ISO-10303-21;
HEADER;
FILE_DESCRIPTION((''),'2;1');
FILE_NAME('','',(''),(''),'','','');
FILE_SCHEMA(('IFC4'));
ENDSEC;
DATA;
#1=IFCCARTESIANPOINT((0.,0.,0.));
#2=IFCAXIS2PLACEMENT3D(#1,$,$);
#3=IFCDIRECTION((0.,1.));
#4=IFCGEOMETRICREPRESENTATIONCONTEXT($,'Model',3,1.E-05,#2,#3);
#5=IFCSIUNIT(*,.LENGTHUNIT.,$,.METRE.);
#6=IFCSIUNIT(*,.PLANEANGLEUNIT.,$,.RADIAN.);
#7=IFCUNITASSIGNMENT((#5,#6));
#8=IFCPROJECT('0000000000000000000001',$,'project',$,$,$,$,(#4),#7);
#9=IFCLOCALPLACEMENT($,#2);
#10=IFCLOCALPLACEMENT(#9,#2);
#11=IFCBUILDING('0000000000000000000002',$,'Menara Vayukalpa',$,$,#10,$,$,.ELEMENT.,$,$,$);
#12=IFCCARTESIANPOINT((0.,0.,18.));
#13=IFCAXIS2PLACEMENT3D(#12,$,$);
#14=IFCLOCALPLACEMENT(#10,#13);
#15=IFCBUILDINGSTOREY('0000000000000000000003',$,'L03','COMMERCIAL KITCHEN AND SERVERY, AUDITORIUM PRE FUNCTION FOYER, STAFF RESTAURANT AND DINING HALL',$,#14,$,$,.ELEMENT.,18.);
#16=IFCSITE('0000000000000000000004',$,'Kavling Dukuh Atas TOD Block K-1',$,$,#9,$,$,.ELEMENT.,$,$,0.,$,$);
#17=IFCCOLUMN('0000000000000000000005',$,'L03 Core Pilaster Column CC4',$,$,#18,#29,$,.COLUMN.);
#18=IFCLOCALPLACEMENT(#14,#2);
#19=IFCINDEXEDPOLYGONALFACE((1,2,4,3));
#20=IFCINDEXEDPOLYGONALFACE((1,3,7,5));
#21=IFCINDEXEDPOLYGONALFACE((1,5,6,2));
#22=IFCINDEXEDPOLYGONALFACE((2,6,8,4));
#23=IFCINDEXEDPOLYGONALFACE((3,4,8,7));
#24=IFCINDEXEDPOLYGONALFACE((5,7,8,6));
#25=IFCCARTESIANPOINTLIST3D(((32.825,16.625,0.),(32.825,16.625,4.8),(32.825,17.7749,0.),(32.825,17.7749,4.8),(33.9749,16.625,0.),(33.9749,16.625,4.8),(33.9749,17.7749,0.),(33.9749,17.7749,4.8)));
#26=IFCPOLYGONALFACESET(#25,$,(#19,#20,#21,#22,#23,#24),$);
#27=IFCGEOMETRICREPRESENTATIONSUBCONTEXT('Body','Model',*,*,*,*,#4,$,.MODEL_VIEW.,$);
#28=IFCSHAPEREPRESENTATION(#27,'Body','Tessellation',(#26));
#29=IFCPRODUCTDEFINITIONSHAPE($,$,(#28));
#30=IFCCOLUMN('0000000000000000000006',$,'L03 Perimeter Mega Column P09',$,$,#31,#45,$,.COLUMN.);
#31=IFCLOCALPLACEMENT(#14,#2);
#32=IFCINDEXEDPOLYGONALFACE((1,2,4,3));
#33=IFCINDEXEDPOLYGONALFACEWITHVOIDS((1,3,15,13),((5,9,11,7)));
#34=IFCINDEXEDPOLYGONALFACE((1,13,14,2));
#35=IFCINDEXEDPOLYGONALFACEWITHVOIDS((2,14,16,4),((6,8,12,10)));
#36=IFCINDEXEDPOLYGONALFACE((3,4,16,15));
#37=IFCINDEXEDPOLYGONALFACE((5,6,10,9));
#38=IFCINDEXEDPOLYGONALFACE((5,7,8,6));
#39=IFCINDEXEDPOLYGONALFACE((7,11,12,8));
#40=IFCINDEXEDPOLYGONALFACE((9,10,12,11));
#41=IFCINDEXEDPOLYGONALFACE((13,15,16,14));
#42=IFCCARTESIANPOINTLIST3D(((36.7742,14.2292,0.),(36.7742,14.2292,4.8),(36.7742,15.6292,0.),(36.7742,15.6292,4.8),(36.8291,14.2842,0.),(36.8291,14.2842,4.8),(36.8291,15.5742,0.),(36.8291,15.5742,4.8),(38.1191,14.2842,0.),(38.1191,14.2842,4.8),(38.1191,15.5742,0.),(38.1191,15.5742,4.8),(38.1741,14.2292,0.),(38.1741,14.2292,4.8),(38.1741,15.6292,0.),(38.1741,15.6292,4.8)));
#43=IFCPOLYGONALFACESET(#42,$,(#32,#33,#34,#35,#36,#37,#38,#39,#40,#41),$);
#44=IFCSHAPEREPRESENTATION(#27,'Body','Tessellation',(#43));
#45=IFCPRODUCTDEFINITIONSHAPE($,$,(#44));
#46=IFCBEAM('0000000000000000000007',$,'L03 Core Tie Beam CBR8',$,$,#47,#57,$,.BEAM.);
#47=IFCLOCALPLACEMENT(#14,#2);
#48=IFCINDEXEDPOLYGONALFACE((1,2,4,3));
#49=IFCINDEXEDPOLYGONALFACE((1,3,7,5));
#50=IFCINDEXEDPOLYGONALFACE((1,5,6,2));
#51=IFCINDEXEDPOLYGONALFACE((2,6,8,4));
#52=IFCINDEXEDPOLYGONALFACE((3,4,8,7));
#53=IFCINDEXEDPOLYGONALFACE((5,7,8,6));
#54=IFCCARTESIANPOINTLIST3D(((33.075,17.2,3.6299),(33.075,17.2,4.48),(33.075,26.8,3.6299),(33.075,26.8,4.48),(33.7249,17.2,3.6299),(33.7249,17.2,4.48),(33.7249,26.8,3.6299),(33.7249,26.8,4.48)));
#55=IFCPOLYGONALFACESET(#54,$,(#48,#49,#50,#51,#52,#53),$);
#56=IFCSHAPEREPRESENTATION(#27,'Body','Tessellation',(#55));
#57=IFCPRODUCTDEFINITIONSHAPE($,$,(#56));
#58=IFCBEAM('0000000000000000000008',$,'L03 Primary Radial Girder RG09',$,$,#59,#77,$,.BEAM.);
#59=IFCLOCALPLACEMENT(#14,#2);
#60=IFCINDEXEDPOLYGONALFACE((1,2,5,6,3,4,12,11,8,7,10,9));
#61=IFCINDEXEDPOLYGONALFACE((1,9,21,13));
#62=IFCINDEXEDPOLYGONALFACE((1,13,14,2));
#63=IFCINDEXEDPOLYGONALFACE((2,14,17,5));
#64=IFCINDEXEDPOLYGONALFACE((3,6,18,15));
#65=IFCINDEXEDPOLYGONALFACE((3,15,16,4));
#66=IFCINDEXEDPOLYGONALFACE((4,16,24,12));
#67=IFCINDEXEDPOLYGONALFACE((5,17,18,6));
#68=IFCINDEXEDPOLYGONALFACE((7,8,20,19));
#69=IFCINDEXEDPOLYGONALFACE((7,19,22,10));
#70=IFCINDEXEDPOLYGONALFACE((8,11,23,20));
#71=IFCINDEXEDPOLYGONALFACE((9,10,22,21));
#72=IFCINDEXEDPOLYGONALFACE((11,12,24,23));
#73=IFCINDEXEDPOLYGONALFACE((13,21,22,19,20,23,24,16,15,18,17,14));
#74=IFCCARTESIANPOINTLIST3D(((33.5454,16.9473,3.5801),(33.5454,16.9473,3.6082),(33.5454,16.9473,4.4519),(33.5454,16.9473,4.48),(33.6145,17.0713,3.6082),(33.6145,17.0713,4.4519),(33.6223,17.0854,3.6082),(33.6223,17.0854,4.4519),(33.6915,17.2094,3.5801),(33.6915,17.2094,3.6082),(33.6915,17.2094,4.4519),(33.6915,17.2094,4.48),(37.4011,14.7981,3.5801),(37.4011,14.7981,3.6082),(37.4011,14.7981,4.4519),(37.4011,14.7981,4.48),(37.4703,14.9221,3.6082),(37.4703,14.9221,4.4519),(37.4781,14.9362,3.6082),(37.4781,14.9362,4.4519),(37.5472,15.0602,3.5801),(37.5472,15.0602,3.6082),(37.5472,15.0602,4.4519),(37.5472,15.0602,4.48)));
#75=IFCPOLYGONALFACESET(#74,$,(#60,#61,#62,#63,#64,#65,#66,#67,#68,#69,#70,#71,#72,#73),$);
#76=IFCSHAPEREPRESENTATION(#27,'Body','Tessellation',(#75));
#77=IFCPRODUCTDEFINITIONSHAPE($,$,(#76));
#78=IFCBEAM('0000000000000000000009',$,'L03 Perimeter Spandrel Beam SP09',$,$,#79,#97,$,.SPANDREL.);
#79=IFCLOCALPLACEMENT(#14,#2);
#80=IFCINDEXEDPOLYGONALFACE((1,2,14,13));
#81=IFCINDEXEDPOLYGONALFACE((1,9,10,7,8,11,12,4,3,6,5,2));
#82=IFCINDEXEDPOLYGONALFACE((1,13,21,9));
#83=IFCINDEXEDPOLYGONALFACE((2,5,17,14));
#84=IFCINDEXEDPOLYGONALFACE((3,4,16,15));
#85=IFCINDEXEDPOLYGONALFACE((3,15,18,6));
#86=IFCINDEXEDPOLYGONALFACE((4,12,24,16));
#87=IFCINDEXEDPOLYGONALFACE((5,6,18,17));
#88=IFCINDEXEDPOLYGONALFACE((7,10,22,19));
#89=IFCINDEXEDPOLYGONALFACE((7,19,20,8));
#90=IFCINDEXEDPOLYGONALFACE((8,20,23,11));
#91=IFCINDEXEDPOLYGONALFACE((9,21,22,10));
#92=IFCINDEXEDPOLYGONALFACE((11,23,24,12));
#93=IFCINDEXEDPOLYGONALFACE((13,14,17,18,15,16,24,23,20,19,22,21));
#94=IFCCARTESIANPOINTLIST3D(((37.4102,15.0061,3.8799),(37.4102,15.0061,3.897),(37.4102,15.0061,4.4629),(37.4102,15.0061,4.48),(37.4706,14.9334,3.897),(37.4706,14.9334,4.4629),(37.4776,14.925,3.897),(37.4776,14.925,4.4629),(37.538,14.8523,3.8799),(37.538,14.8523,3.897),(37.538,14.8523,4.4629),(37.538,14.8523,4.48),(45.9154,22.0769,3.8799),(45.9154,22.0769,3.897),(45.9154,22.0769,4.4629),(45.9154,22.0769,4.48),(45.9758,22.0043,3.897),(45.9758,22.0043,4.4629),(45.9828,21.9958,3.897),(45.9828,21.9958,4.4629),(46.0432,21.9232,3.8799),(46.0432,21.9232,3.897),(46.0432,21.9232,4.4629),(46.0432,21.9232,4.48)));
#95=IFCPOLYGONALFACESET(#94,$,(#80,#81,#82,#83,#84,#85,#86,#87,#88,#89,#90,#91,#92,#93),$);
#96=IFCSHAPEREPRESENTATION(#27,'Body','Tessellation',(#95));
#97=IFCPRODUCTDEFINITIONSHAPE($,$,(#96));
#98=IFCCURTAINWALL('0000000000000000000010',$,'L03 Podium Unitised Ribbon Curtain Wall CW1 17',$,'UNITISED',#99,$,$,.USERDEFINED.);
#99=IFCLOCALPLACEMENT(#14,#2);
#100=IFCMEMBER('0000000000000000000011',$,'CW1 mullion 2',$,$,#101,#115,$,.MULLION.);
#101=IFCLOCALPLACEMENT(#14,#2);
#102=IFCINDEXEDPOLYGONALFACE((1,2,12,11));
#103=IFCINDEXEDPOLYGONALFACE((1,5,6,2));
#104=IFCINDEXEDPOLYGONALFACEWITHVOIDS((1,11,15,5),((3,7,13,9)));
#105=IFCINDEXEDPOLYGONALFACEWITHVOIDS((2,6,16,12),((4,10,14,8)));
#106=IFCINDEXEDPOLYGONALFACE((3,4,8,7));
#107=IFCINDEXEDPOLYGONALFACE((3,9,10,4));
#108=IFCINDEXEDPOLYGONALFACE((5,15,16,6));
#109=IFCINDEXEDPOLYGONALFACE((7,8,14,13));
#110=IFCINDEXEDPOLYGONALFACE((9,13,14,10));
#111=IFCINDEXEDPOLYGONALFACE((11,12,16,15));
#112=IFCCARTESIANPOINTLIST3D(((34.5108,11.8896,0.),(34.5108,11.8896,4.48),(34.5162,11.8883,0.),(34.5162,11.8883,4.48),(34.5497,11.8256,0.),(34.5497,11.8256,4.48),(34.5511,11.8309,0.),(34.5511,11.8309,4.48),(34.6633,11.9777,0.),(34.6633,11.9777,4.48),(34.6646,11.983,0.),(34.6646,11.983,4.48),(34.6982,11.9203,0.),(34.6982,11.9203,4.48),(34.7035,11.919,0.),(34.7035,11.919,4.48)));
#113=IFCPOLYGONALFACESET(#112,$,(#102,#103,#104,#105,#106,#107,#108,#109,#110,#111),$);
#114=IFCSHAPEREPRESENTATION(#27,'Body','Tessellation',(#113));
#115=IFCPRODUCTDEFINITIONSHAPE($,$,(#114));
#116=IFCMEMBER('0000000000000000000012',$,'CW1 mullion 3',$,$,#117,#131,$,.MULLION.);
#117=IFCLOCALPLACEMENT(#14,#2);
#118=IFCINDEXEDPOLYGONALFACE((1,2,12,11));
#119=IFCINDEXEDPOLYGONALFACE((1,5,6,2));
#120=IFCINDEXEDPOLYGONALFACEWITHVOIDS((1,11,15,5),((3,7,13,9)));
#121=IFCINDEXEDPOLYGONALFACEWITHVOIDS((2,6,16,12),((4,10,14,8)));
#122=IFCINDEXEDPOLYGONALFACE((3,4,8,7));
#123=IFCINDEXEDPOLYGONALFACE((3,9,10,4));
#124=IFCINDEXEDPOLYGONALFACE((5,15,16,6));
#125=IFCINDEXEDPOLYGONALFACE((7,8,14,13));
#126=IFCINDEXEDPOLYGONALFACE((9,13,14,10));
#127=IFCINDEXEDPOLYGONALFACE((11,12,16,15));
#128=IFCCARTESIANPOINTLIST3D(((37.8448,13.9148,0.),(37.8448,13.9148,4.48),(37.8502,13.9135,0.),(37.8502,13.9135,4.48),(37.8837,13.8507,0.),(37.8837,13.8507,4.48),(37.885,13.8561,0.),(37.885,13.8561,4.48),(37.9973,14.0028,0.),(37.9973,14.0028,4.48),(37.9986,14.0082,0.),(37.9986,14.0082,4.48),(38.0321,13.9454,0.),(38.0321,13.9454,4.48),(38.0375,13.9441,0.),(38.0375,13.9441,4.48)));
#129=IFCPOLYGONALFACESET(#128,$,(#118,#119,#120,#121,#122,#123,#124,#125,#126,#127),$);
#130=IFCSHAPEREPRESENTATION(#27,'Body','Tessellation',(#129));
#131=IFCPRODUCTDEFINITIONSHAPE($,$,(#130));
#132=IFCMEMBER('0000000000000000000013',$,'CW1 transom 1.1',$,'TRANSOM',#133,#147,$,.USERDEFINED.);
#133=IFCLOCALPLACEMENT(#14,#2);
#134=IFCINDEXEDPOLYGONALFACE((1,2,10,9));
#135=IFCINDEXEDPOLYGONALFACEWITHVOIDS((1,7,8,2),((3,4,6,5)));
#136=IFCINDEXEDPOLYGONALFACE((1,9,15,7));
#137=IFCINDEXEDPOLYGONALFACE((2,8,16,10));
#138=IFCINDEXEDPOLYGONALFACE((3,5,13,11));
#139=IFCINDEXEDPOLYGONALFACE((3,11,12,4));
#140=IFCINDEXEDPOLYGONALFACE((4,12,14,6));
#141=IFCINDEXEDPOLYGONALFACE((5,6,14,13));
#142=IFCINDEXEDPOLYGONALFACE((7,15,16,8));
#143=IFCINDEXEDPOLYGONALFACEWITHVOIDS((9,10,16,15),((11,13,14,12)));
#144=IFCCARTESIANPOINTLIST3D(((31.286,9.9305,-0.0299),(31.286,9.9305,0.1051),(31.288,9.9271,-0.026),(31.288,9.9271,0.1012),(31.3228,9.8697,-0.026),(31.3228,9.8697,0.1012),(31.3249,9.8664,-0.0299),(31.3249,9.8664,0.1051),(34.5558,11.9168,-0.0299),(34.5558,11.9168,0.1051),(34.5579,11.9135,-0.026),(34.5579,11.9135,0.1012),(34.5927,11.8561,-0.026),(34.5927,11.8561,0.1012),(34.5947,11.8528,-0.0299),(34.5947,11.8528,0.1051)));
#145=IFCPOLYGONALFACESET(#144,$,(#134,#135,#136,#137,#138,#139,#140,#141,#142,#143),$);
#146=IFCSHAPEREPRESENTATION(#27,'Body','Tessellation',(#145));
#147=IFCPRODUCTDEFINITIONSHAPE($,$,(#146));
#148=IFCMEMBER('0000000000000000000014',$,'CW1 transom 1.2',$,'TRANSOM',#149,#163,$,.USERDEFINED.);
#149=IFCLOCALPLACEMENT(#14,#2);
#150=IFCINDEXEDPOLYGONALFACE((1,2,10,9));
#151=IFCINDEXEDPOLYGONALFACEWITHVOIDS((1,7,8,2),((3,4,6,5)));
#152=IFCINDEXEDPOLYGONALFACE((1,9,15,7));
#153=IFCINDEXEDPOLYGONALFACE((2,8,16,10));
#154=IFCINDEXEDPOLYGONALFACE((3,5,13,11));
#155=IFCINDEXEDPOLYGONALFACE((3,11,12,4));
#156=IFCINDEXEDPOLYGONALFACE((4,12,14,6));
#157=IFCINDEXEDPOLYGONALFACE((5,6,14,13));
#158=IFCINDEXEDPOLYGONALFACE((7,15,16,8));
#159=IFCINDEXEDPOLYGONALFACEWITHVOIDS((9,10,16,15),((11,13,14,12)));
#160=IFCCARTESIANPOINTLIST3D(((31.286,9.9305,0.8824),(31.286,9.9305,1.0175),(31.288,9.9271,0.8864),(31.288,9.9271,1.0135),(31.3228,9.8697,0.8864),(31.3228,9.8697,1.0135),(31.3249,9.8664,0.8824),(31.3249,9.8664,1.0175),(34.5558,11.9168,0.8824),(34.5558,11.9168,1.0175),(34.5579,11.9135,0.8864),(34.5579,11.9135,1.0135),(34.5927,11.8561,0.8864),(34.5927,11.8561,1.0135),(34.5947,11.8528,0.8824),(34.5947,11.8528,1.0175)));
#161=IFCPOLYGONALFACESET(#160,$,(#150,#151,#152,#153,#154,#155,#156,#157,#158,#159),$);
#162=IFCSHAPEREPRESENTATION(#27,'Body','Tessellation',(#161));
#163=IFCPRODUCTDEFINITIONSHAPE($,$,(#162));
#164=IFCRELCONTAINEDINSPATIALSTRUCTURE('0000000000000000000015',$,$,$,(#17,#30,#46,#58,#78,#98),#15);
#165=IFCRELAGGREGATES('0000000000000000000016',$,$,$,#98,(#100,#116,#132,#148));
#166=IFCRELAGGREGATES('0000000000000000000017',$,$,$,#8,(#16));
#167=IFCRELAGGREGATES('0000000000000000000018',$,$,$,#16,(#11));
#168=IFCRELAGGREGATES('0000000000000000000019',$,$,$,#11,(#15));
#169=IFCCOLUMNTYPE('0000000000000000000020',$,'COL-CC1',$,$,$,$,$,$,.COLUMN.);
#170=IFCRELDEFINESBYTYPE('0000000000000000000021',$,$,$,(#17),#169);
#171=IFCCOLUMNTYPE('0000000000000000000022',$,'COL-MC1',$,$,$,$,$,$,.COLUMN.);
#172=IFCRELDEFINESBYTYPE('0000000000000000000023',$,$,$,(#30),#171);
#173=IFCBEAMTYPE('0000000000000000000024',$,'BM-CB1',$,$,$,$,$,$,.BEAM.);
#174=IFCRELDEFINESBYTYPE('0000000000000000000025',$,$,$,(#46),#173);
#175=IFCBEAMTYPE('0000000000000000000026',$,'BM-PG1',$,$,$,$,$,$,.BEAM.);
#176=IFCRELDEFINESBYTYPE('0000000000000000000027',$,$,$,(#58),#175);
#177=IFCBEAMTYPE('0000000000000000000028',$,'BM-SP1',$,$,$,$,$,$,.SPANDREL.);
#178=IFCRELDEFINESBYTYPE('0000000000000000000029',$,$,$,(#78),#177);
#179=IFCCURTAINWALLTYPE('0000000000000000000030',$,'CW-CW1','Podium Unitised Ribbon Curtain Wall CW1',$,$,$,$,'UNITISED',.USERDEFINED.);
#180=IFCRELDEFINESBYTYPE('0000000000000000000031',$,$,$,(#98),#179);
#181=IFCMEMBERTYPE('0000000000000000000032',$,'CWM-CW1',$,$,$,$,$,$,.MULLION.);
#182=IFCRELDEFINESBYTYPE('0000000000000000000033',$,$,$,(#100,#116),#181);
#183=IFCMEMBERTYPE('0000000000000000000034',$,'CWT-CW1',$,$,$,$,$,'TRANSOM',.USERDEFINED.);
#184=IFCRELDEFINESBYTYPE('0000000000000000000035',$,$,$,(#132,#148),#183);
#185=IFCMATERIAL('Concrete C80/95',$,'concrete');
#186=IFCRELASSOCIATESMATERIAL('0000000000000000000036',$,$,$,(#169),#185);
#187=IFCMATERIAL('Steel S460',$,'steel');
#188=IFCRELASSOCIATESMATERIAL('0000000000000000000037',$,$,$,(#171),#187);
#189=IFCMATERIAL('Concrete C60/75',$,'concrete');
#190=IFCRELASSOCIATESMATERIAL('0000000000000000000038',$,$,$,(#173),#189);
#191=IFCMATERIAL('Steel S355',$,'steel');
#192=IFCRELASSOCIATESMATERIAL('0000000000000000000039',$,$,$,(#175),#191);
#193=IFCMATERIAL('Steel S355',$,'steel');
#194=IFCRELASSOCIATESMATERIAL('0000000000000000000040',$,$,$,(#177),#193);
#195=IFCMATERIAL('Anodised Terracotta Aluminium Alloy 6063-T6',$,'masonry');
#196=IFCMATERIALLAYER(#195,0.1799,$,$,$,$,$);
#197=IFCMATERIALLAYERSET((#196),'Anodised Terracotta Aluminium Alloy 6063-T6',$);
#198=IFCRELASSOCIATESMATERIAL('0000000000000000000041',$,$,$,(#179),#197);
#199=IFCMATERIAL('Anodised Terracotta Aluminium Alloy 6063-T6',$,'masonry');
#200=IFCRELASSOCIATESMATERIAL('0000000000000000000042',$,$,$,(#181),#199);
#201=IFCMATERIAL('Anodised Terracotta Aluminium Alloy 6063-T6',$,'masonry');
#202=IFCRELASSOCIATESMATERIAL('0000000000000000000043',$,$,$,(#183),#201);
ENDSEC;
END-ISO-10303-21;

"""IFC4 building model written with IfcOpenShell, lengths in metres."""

from ifc_helpers import new_model, si_unit, direction, frame, origin, origin_2d, place, context, subcontext, project, spatial, rectangle, hollow_rectangle, i_section, extrude, material, layer, layer_set, material_profile, profile_set, type_object, element, aggregate, save


model = new_model("IFC4")

# Units and contexts
model_context = context("Model", 3, precision=1e-05, world=origin(), true_north=direction((0.0, 1.0)))
body_context = subcontext(model_context, "Body", "Model", "MODEL_VIEW")
ifc_project = project(units=[si_unit("LENGTHUNIT", "METRE"), si_unit("PLANEANGLEUNIT", "RADIAN")], contexts=[model_context])

# Site, building, storey
site_placement = place(None, origin())
site = spatial("IfcSite", under=ifc_project, at=site_placement, Name="Kavling Dukuh Atas TOD Block K-1", CompositionType="ELEMENT", RefElevation=0.0)
building_placement = place(site_placement, origin())
building = spatial("IfcBuilding", under=site, at=building_placement, Name="Menara Vayukalpa", CompositionType="ELEMENT")
storey_placement = place(building_placement, frame((0.0, 0.0, 18.0)))
storey = spatial("IfcBuildingStorey", under=building, at=storey_placement, Name="L03", Description="COMMERCIAL KITCHEN AND SERVERY, AUDITORIUM PRE FUNCTION FOYER, STAFF RESTAURANT AND DINING HALL", CompositionType="ELEMENT", Elevation=18.0)

# Columns
ifc_material_1 = material(Name="Concrete C80/95", Category="concrete")
ifc_material_profile_1 = material_profile(ifc_material_1, rectangle(XDim=1.1499, YDim=1.1499, at=origin_2d()), Name="RC 1150x1150")
ifc_profile_set_1 = profile_set([ifc_material_profile_1], Name="Concrete C80/95")
column_type_1 = type_object("IfcColumnType", Name="COL-CC1", PredefinedType="COLUMN", material=ifc_profile_set_1)
column_1_placement = place(storey_placement, frame((33.3999, 17.2, 0.0), z_axis=(0.0, 0.0, 1.0), x_axis=(1.0, 0.0, 0.0)))
element("IfcColumn", 1, at=column_1_placement, inside=storey, type_object=column_type_1, Name="L03 Core Pilaster Column CC4", PredefinedType="COLUMN", context=body_context, shape_type="SweptSolid", body=[
    extrude(rectangle(XDim=1.1499, YDim=1.1499, at=origin_2d()), origin(), (0.0, 0.0, 1.0), 4.8),
])
ifc_material_2 = material(Name="Steel S460", Category="steel")
ifc_material_profile_2 = material_profile(ifc_material_2, hollow_rectangle(XDim=1.3999, YDim=1.3999, WallThickness=0.0549, at=origin_2d()), Name="BOX 1400x1400x55")
ifc_profile_set_2 = profile_set([ifc_material_profile_2], Name="Steel S460")
column_type_2 = type_object("IfcColumnType", Name="COL-MC1", PredefinedType="COLUMN", material=ifc_profile_set_2)
column_2_placement = place(storey_placement, frame((37.4741, 14.9292, 0.0), z_axis=(0.0, 0.0, 1.0), x_axis=(1.0, 0.0, 0.0)))
element("IfcColumn", 2, at=column_2_placement, inside=storey, type_object=column_type_2, Name="L03 Perimeter Mega Column P09", PredefinedType="COLUMN", context=body_context, shape_type="SweptSolid", body=[
    extrude(hollow_rectangle(XDim=1.3999, YDim=1.3999, WallThickness=0.0549, at=origin_2d()), origin(), (0.0, 0.0, 1.0), 4.8),
])

# Beams
ifc_material_3 = material(Name="Concrete C60/75", Category="concrete")
ifc_material_profile_3 = material_profile(ifc_material_3, rectangle(XDim=0.6499, YDim=0.8501, at=origin_2d()), Name="RC 650x850")
ifc_profile_set_3 = profile_set([ifc_material_profile_3], Name="Concrete C60/75")
beam_type_1 = type_object("IfcBeamType", Name="BM-CB1", PredefinedType="BEAM", material=ifc_profile_set_3)
beam_1_placement = place(storey_placement, frame((33.3999, 17.2, 4.0549), z_axis=(0.0, 1.0, 0.0), x_axis=(-1.0, 0.0, 0.0)))
element("IfcBeam", 3, at=beam_1_placement, inside=storey, type_object=beam_type_1, Name="L03 Core Tie Beam CBR8", PredefinedType="BEAM", context=body_context, shape_type="SweptSolid", body=[
    extrude(rectangle(XDim=0.6499, YDim=0.8501, at=origin_2d()), origin(), (0.0, 0.0, 1.0), 9.6001),
])
ifc_material_4 = material(Name="Steel S355", Category="steel")
ifc_material_profile_4 = material_profile(ifc_material_4, i_section(OverallWidth=0.3, OverallDepth=0.8999, WebThickness=0.0161, FlangeThickness=0.0281, at=origin_2d()), Name="WF 900x300x16x28")
ifc_profile_set_4 = profile_set([ifc_material_profile_4], Name="Steel S355")
beam_type_2 = type_object("IfcBeamType", Name="BM-PG1", PredefinedType="BEAM", material=ifc_profile_set_4)
beam_2_placement = place(storey_placement, frame((33.6184, 17.0784, 4.03), z_axis=(0.873473, -0.486873, 0.0), x_axis=(0.486873, 0.873473, 0.0)))
element("IfcBeam", 4, at=beam_2_placement, inside=storey, type_object=beam_type_2, Name="L03 Primary Radial Girder RG09", PredefinedType="BEAM", context=body_context, shape_type="SweptSolid", body=[
    extrude(i_section(OverallWidth=0.3, OverallDepth=0.8999, WebThickness=0.0161, FlangeThickness=0.0281, at=origin_2d()), origin(), (0.0, 0.0, 1.0), 4.4143),
])
ifc_material_5 = material(Name="Steel S355", Category="steel")
ifc_material_profile_5 = material_profile(ifc_material_5, i_section(OverallWidth=0.2, OverallDepth=0.6001, WebThickness=0.011, FlangeThickness=0.0171, at=origin_2d()), Name="WF 600x200x11x17")
ifc_profile_set_5 = profile_set([ifc_material_profile_5], Name="Steel S355")
beam_type_3 = type_object("IfcBeamType", Name="BM-SP1", PredefinedType="SPANDREL", material=ifc_profile_set_5)
beam_3_placement = place(storey_placement, frame((37.4741, 14.9292, 4.1799), z_axis=(0.768968, 0.639287, 0.0), x_axis=(-0.639287, 0.768968, 0.0)))
element("IfcBeam", 5, at=beam_3_placement, inside=storey, type_object=beam_type_3, Name="L03 Perimeter Spandrel Beam SP09", PredefinedType="SPANDREL", context=body_context, shape_type="SweptSolid", body=[
    extrude(i_section(OverallWidth=0.2, OverallDepth=0.6001, WebThickness=0.011, FlangeThickness=0.0171, at=origin_2d()), origin(), (0.0, 0.0, 1.0), 11.0605),
])

# Curtain wall, members
ifc_material_6 = material(Name="Anodised Terracotta Aluminium Alloy 6063-T6", Category="masonry")
ifc_layer_1 = layer(ifc_material_6, 0.1799)
ifc_layer_set_1 = layer_set([ifc_layer_1], Name="Anodised Terracotta Aluminium Alloy 6063-T6")
curtain_wall_type = type_object("IfcCurtainWallType", Name="CW-CW1", Description="Podium Unitised Ribbon Curtain Wall CW1", ElementType="UNITISED", PredefinedType="USERDEFINED", material=ifc_layer_set_1)
curtain_wall_placement = place(storey_placement, origin())
curtain_wall = element("IfcCurtainWall", 6, at=curtain_wall_placement, inside=storey, type_object=curtain_wall_type, Name="L03 Podium Unitised Ribbon Curtain Wall CW1 17", ObjectType="UNITISED", PredefinedType="USERDEFINED")
ifc_material_7 = material(Name="Anodised Terracotta Aluminium Alloy 6063-T6", Category="masonry")
ifc_material_profile_6 = material_profile(ifc_material_7, hollow_rectangle(XDim=0.075, YDim=0.1799, WallThickness=0.0039, at=origin_2d()), Name="ALU 75x180x4")
ifc_profile_set_6 = profile_set([ifc_material_profile_6], Name="Anodised Terracotta Aluminium Alloy 6063-T6")
member_type_1 = type_object("IfcMemberType", Name="CWM-CW1", PredefinedType="MULLION", material=ifc_profile_set_6)
member_1_placement = place(storey_placement, frame((34.6072, 11.9043, 0.0), z_axis=(0.0, 0.0, 1.0), x_axis=(-0.51918, 0.854665, 0.0)))
member_1 = element("IfcMember", 7, at=member_1_placement, type_object=member_type_1, Name="CW1 mullion 2", PredefinedType="MULLION", context=body_context, shape_type="SweptSolid", body=[
    extrude(hollow_rectangle(XDim=0.075, YDim=0.1799, WallThickness=0.0039, at=origin_2d()), origin(), (0.0, 0.0, 1.0), 4.48),
])
member_2_placement = place(storey_placement, frame((37.9412, 13.9294, 0.0), z_axis=(0.0, 0.0, 1.0), x_axis=(-0.51918, 0.854665, 0.0)))
member_2 = element("IfcMember", 8, at=member_2_placement, type_object=member_type_1, Name="CW1 mullion 3", PredefinedType="MULLION", context=body_context, shape_type="SweptSolid", body=[
    extrude(hollow_rectangle(XDim=0.075, YDim=0.1799, WallThickness=0.0039, at=origin_2d()), origin(), (0.0, 0.0, 1.0), 4.48),
])
ifc_material_8 = material(Name="Anodised Terracotta Aluminium Alloy 6063-T6", Category="masonry")
ifc_material_profile_7 = material_profile(ifc_material_8, hollow_rectangle(XDim=0.075, YDim=0.135, WallThickness=0.0039, at=origin_2d()), Name="ALU 75x135x4")
ifc_profile_set_7 = profile_set([ifc_material_profile_7], Name="Anodised Terracotta Aluminium Alloy 6063-T6")
member_type_2 = type_object("IfcMemberType", Name="CWT-CW1", ElementType="TRANSOM", PredefinedType="USERDEFINED", material=ifc_profile_set_7)
member_3_placement = place(storey_placement, frame((31.3054, 9.8984, 0.0376), z_axis=(0.854659, 0.51919, 0.0), x_axis=(-0.51919, 0.854659, 0.0)))
member_3 = element("IfcMember", 9, at=member_3_placement, type_object=member_type_2, Name="CW1 transom 1.1", ObjectType="TRANSOM", PredefinedType="USERDEFINED", context=body_context, shape_type="SweptSolid", body=[
    extrude(hollow_rectangle(XDim=0.075, YDim=0.135, WallThickness=0.0039, at=origin_2d()), origin(), (0.0, 0.0, 1.0), 3.8259),
])
member_4_placement = place(storey_placement, frame((31.3054, 9.8984, 0.95), z_axis=(0.854659, 0.51919, 0.0), x_axis=(-0.51919, 0.854659, 0.0)))
member_4 = element("IfcMember", 10, at=member_4_placement, type_object=member_type_2, Name="CW1 transom 1.2", ObjectType="TRANSOM", PredefinedType="USERDEFINED", context=body_context, shape_type="SweptSolid", body=[
    extrude(hollow_rectangle(XDim=0.075, YDim=0.135, WallThickness=0.0039, at=origin_2d()), origin(), (0.0, 0.0, 1.0), 3.8259),
])
aggregate(curtain_wall, [member_1, member_2, member_3, member_4])

save(model, "model.ifc")
